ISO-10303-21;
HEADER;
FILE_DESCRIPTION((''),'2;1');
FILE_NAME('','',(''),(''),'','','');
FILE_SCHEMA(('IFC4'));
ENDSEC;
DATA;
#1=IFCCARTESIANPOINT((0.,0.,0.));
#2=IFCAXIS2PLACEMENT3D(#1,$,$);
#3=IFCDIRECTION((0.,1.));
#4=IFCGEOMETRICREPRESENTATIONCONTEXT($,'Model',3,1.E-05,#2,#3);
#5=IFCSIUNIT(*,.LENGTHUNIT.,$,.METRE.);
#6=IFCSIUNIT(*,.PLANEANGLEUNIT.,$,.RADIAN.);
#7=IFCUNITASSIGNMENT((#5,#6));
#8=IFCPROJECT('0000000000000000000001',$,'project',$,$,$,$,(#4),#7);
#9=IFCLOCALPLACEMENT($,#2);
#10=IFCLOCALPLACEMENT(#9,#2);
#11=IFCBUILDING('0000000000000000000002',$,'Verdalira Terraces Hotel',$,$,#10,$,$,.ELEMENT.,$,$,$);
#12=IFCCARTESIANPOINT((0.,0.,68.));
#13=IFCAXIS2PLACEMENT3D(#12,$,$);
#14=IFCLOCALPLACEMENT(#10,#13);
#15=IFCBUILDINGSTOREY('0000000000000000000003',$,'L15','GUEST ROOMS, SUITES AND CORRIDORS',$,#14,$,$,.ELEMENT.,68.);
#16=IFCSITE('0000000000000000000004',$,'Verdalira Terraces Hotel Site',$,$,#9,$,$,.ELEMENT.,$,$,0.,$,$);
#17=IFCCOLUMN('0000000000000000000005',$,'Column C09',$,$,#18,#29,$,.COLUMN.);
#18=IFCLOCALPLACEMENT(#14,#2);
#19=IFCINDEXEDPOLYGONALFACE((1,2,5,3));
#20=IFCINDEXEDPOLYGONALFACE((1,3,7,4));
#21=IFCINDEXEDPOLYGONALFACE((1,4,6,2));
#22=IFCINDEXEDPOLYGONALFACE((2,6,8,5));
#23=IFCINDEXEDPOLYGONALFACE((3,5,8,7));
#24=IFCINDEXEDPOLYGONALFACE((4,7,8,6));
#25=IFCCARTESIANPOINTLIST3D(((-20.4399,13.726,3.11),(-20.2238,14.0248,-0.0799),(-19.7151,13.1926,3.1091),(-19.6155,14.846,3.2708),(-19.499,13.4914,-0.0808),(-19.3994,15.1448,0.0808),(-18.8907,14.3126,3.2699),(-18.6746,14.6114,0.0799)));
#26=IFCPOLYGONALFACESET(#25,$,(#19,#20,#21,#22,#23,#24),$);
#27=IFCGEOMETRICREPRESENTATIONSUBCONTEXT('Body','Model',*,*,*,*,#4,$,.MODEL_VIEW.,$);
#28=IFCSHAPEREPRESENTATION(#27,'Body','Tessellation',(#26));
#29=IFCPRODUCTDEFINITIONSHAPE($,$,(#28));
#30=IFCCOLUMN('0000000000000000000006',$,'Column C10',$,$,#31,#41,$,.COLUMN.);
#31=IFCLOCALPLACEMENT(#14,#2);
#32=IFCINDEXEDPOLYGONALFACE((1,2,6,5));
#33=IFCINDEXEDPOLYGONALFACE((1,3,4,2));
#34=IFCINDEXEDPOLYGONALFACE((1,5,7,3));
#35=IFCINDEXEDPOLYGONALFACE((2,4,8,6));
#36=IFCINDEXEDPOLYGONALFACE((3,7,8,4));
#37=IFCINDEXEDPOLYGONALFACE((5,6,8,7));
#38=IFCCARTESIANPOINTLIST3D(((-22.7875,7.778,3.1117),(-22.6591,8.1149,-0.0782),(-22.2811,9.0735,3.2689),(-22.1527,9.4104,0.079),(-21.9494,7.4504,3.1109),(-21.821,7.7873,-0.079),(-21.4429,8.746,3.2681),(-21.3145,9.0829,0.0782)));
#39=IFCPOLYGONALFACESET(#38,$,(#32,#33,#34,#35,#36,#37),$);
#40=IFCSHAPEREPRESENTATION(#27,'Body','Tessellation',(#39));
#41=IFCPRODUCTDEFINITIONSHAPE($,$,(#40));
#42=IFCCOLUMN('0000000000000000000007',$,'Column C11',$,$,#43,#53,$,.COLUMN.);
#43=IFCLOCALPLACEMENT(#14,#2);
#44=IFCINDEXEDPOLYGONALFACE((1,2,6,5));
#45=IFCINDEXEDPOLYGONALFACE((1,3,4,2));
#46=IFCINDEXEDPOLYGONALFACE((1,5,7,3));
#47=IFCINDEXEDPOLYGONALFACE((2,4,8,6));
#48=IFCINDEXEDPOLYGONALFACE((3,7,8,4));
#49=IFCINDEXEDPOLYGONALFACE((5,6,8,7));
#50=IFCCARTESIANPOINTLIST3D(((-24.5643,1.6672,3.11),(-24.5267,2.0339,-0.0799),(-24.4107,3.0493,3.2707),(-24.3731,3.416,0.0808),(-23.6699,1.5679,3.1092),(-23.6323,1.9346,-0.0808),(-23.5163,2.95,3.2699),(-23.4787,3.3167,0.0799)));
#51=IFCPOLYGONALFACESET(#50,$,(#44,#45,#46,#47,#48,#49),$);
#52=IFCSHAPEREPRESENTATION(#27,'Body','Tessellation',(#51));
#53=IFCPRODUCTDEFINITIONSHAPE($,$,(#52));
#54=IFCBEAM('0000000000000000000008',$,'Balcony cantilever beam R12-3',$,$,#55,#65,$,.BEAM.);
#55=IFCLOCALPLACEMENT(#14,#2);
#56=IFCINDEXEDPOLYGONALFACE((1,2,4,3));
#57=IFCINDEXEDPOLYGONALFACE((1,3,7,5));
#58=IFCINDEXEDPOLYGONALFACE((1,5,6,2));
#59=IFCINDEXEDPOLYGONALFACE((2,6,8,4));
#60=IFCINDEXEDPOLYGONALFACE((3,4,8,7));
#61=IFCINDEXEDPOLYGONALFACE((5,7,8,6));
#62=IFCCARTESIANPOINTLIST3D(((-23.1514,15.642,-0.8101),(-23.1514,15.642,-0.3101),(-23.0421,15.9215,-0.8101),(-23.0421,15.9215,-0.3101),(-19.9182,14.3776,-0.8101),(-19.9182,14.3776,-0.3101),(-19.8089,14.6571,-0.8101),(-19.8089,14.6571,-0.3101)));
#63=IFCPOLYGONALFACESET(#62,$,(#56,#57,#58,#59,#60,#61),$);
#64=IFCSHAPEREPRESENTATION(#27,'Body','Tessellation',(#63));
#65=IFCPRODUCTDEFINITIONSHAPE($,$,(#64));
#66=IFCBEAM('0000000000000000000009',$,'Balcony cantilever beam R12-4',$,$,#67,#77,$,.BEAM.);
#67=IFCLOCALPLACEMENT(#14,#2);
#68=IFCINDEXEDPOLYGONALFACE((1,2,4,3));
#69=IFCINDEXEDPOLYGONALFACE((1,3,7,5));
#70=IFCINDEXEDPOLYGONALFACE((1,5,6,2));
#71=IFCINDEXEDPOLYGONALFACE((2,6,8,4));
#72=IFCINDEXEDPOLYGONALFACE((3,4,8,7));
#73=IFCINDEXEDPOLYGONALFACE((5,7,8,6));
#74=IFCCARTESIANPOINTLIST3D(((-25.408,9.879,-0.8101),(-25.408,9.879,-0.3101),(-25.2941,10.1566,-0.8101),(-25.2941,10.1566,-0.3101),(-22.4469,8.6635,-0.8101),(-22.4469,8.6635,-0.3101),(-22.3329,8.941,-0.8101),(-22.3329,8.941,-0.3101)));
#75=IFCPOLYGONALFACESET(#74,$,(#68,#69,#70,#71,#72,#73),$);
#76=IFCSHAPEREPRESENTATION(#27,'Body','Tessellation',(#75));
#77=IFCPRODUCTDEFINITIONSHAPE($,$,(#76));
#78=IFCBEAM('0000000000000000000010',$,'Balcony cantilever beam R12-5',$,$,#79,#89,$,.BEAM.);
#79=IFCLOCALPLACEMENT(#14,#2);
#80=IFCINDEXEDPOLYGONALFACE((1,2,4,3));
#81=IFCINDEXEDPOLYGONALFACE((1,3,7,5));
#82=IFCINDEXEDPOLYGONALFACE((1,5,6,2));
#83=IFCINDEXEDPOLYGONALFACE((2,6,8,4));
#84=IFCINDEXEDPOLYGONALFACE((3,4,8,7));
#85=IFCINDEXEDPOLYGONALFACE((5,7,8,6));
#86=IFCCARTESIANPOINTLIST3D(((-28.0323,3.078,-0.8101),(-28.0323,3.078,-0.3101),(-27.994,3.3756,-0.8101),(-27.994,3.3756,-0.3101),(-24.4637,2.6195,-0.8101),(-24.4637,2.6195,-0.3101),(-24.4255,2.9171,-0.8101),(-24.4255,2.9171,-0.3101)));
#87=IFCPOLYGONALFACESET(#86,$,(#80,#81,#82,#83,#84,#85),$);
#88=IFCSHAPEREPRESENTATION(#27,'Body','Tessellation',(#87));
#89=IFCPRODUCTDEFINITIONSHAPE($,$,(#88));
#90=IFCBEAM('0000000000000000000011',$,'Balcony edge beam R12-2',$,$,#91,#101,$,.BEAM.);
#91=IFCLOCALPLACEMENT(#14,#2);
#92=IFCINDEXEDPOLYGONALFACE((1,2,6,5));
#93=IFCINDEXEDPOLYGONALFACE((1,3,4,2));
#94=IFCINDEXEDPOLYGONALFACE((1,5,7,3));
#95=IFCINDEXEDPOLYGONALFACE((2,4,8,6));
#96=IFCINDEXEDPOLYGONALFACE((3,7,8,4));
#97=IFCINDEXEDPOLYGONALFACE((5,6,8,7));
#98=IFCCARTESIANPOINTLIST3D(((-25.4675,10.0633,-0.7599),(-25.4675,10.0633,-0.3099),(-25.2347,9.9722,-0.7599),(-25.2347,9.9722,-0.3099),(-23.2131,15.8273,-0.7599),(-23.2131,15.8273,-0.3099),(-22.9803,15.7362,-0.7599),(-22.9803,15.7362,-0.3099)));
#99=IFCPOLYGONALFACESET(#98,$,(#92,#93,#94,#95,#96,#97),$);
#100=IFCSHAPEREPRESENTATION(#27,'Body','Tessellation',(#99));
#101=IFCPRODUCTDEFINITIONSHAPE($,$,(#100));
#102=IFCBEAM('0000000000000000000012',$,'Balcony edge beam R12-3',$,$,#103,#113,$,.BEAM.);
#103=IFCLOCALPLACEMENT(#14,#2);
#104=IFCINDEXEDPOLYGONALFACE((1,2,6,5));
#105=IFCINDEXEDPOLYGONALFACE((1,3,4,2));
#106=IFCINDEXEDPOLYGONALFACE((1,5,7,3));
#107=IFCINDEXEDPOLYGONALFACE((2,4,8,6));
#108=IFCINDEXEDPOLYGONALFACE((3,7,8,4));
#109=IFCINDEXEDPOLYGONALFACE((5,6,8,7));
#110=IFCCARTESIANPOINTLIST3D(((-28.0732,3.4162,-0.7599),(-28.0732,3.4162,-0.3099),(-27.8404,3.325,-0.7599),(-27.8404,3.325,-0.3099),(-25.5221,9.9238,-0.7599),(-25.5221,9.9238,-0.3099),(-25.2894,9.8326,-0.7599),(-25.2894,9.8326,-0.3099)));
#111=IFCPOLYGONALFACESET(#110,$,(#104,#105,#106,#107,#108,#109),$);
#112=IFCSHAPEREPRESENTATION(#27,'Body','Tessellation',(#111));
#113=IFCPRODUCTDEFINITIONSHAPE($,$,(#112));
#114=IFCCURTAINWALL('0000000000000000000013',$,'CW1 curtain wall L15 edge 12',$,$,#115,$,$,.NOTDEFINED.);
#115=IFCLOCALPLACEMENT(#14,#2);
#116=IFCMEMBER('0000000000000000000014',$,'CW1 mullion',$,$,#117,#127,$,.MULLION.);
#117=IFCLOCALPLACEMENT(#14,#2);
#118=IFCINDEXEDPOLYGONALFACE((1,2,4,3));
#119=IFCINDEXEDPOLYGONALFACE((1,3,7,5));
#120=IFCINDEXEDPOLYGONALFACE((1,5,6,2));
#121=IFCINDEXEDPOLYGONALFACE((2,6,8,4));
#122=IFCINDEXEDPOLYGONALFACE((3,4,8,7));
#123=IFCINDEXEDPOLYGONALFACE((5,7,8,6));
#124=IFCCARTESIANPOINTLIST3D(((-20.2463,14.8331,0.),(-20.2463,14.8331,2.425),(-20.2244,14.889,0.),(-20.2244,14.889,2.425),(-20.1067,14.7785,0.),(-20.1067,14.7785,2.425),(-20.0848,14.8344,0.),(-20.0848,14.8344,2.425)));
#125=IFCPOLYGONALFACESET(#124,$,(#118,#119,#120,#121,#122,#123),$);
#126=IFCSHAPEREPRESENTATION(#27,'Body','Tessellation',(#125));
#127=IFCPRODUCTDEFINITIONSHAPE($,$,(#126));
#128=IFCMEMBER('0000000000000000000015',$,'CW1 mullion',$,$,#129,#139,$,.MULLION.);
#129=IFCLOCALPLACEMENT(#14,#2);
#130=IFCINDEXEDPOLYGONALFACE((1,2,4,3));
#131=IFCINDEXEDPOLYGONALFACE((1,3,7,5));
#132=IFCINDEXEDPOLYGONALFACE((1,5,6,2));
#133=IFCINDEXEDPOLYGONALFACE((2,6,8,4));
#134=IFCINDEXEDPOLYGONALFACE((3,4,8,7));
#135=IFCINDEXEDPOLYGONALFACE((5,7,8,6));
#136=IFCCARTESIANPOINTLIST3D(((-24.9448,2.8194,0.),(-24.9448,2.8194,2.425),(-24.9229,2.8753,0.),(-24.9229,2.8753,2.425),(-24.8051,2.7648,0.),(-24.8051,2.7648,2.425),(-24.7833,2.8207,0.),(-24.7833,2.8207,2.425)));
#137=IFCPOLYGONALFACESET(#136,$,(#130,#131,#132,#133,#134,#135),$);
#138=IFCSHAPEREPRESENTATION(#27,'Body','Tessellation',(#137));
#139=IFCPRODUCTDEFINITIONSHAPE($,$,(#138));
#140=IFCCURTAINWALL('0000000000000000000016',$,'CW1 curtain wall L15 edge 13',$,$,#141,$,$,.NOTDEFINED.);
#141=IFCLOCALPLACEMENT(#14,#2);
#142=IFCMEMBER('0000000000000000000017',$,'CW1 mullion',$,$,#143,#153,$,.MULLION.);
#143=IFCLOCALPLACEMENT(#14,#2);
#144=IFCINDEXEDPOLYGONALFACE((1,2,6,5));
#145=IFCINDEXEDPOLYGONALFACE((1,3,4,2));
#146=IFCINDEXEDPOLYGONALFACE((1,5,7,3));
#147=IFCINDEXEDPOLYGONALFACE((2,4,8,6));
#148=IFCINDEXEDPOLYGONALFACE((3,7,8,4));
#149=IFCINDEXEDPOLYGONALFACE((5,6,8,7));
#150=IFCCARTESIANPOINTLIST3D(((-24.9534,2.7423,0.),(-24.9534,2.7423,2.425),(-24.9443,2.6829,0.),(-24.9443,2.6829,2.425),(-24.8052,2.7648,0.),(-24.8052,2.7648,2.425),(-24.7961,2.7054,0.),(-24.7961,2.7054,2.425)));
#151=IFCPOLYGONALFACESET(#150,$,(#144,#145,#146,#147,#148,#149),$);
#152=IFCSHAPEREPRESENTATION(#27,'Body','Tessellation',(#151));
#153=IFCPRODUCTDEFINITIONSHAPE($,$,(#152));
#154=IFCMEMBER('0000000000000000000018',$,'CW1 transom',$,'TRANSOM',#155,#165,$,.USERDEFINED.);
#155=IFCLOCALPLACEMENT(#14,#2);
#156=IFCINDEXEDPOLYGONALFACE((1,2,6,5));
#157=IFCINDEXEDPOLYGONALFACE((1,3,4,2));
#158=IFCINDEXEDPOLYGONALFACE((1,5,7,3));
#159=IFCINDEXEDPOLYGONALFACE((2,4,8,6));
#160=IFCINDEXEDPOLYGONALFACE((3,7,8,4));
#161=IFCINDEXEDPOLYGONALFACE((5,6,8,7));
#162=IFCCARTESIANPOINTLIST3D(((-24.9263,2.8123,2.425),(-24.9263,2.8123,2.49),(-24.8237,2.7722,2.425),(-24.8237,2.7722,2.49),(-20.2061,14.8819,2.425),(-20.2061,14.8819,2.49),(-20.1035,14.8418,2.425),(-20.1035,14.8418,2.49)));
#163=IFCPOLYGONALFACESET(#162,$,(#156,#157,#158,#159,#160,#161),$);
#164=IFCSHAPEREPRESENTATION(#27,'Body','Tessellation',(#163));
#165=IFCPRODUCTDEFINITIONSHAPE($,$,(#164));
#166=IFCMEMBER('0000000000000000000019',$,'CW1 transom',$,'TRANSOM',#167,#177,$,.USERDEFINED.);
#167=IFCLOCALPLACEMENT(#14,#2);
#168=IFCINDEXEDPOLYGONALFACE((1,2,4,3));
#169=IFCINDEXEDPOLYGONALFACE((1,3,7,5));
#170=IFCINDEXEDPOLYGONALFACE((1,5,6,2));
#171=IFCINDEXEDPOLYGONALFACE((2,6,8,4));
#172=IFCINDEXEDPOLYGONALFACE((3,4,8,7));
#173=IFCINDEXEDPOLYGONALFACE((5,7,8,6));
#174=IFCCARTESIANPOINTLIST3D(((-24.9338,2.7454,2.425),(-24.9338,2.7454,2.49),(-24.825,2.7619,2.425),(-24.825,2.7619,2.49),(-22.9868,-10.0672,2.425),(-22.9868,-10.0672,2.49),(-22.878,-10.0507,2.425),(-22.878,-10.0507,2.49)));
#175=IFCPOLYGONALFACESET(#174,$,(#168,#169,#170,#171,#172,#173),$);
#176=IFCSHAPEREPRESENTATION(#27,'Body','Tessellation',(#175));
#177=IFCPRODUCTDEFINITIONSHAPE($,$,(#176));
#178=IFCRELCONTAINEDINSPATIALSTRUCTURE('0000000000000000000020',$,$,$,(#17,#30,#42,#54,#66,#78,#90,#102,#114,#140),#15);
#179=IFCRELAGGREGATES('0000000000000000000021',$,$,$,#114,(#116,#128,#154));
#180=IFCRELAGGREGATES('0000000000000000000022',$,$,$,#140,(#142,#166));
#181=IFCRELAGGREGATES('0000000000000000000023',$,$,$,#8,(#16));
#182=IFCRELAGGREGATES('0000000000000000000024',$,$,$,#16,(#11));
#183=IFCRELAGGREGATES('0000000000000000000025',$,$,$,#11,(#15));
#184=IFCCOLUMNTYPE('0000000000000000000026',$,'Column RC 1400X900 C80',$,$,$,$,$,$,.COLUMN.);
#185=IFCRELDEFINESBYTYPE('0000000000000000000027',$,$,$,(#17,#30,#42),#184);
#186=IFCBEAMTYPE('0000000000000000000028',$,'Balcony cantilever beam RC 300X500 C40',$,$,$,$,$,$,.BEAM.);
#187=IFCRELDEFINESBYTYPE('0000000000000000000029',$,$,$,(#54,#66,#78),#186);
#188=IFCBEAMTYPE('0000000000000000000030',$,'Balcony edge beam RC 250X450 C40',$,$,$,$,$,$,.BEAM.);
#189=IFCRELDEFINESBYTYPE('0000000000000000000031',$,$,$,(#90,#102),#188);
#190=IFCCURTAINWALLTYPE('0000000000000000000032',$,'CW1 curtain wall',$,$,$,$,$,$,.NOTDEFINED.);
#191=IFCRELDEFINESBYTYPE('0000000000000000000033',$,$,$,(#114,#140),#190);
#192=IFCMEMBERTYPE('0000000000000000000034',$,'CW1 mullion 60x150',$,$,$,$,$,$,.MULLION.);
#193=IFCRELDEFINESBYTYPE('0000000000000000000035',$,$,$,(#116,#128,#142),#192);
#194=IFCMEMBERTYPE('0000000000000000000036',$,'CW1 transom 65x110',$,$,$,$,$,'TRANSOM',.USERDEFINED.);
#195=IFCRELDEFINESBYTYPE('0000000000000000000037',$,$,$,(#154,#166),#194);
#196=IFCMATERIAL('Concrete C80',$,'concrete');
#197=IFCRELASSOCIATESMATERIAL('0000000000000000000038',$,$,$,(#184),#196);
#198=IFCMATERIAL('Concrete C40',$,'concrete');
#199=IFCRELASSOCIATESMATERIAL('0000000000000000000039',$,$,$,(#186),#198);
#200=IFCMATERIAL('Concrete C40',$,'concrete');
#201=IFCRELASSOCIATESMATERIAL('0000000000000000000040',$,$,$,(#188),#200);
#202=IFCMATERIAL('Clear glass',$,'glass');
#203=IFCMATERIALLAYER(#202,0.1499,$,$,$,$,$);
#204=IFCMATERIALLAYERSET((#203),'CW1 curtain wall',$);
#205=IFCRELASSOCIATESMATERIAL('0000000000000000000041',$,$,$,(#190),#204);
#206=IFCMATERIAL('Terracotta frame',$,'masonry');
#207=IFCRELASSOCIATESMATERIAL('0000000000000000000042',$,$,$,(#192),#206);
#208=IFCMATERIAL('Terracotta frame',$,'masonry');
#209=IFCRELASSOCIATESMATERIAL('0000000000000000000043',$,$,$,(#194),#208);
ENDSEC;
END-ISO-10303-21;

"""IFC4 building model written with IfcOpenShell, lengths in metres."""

from ifc_helpers import new_model, si_unit, direction, frame, origin, origin_2d, place, context, subcontext, project, spatial, rectangle, extrude, material, layer, layer_set, material_profile, profile_set, type_object, element, aggregate, save


model = new_model("IFC4")

# Units and contexts
model_context = context("Model", 3, precision=1e-05, world=origin(), true_north=direction((0.0, 1.0)))
body_context = subcontext(model_context, "Body", "Model", "MODEL_VIEW")
ifc_project = project(units=[si_unit("LENGTHUNIT", "METRE"), si_unit("PLANEANGLEUNIT", "RADIAN")], contexts=[model_context])

# Site, building, storey
site_placement = place(None, origin())
site = spatial("IfcSite", under=ifc_project, at=site_placement, Name="Verdalira Terraces Hotel Site", CompositionType="ELEMENT", RefElevation=0.0)
building_placement = place(site_placement, origin())
building = spatial("IfcBuilding", under=site, at=building_placement, Name="Verdalira Terraces Hotel", CompositionType="ELEMENT")
storey_placement = place(building_placement, frame((0.0, 0.0, 68.0)))
storey = spatial("IfcBuildingStorey", under=building, at=storey_placement, Name="L15", Description="GUEST ROOMS, SUITES AND CORRIDORS", CompositionType="ELEMENT", Elevation=68.0)

# Columns
ifc_material_1 = material(Name="Concrete C80", Category="concrete")
ifc_material_profile_1 = material_profile(ifc_material_1, rectangle(XDim=1.3999, YDim=0.8999, at=origin_2d()), Name="RC 1400X900")
ifc_profile_set_1 = profile_set([ifc_material_profile_1], Name="Concrete C80")
column_type = type_object("IfcColumnType", Name="Column RC 1400X900 C80", PredefinedType="COLUMN", material=ifc_profile_set_1)
column_1_placement = place(storey_placement, frame((-19.4492, 14.3181, 0.0), z_axis=(-0.067285, -0.093059, 0.993385), x_axis=(0.588863, 0.800034, 0.114831)))
element("IfcColumn", 1, at=column_1_placement, inside=storey, type_object=column_type, Name="Column C09", PredefinedType="COLUMN", context=body_context, shape_type="SweptSolid", body=[
    extrude(rectangle(XDim=1.3999, YDim=0.8999, at=origin_2d()), origin(), (0.0, 0.0, 1.0), 3.2112),
])
column_2_placement = place(storey_placement, frame((-21.9868, 8.5989, 0.0), z_axis=(-0.040002, -0.104949, 0.993673), x_axis=(-0.361777, -0.925475, -0.112311)))
element("IfcColumn", 2, at=column_2_placement, inside=storey, type_object=column_type, Name="Column C10", PredefinedType="COLUMN", context=body_context, shape_type="SweptSolid", body=[
    extrude(rectangle(XDim=1.3999, YDim=0.8999, at=origin_2d()), origin(), (0.0, 0.0, 1.0), 3.2102),
])
column_3_placement = place(storey_placement, frame((-24.0027, 2.6753, 0.0), z_axis=(-0.011708, -0.114195, 0.993389), x_axis=(0.109707, 0.987313, 0.11479)))
element("IfcColumn", 3, at=column_3_placement, inside=storey, type_object=column_type, Name="Column C11", PredefinedType="COLUMN", context=body_context, shape_type="SweptSolid", body=[
    extrude(rectangle(XDim=1.3999, YDim=0.8999, at=origin_2d()), origin(), (0.0, 0.0, 1.0), 3.2112),
])

# Beams
ifc_material_2 = material(Name="Concrete C40", Category="concrete")
ifc_material_profile_2 = material_profile(ifc_material_2, rectangle(XDim=0.3, YDim=0.5, at=origin_2d()), Name="RC 300X500")
ifc_profile_set_2 = profile_set([ifc_material_profile_2], Name="Concrete C40")
beam_type_1 = type_object("IfcBeamType", Name="Balcony cantilever beam RC 300X500 C40", PredefinedType="BEAM", material=ifc_profile_set_2)
beam_1_placement = place(storey_placement, frame((-19.8635, 14.5173, -0.5601), z_axis=(-0.931315, 0.364214, 0.0), x_axis=(-0.364214, -0.931315, 0.0)))
element("IfcBeam", 4, at=beam_1_placement, inside=storey, type_object=beam_type_1, Name="Balcony cantilever beam R12-3", PredefinedType="BEAM", context=body_context, shape_type="SweptSolid", body=[
    extrude(rectangle(XDim=0.3, YDim=0.5, at=origin_2d()), origin(), (0.0, 0.0, 1.0), 3.4717),
])
beam_2_placement = place(storey_placement, frame((-22.3899, 8.8022, -0.5601), z_axis=(-0.925088, 0.379752, 0.0), x_axis=(-0.379752, -0.925088, 0.0)))
element("IfcBeam", 5, at=beam_2_placement, inside=storey, type_object=beam_type_1, Name="Balcony cantilever beam R12-4", PredefinedType="BEAM", context=body_context, shape_type="SweptSolid", body=[
    extrude(rectangle(XDim=0.3, YDim=0.5, at=origin_2d()), origin(), (0.0, 0.0, 1.0), 3.2009),
])
beam_3_placement = place(storey_placement, frame((-24.4446, 2.7683, -0.5601), z_axis=(-0.991847, 0.127433, 0.0), x_axis=(-0.127433, -0.991847, 0.0)))
element("IfcBeam", 6, at=beam_3_placement, inside=storey, type_object=beam_type_1, Name="Balcony cantilever beam R12-5", PredefinedType="BEAM", context=body_context, shape_type="SweptSolid", body=[
    extrude(rectangle(XDim=0.3, YDim=0.5, at=origin_2d()), origin(), (0.0, 0.0, 1.0), 3.5979),
])
ifc_material_3 = material(Name="Concrete C40", Category="concrete")
ifc_material_profile_3 = material_profile(ifc_material_3, rectangle(XDim=0.25, YDim=0.45, at=origin_2d()), Name="RC 250X450")
ifc_profile_set_3 = profile_set([ifc_material_profile_3], Name="Concrete C40")
beam_type_2 = type_object("IfcBeamType", Name="Balcony edge beam RC 250X450 C40", PredefinedType="BEAM", material=ifc_profile_set_3)
beam_4_placement = place(storey_placement, frame((-23.0967, 15.7817, -0.5349), z_axis=(-0.364252, -0.9313, 0.0), x_axis=(0.9313, -0.364252, 0.0)))
element("IfcBeam", 7, at=beam_4_placement, inside=storey, type_object=beam_type_2, Name="Balcony edge beam R12-2", PredefinedType="BEAM", context=body_context, shape_type="SweptSolid", body=[
    extrude(rectangle(XDim=0.25, YDim=0.45, at=origin_2d()), origin(), (0.0, 0.0, 1.0), 6.1892),
])
beam_5_placement = place(storey_placement, frame((-25.4058, 9.8782, -0.5349), z_axis=(-0.364968, -0.93102, 0.0), x_axis=(0.93102, -0.364968, 0.0)))
element("IfcBeam", 8, at=beam_5_placement, inside=storey, type_object=beam_type_2, Name="Balcony edge beam R12-3", PredefinedType="BEAM", context=body_context, shape_type="SweptSolid", body=[
    extrude(rectangle(XDim=0.25, YDim=0.45, at=origin_2d()), origin(), (0.0, 0.0, 1.0), 6.9897),
])

# Curtain wall, members
ifc_material_4 = material(Name="Clear glass", Category="glass")
ifc_layer_1 = layer(ifc_material_4, 0.1499)
ifc_layer_set_1 = layer_set([ifc_layer_1], Name="CW1 curtain wall")
curtain_wall_type = type_object("IfcCurtainWallType", Name="CW1 curtain wall", PredefinedType="NOTDEFINED", material=ifc_layer_set_1)
curtain_wall_1_placement = place(storey_placement, origin())
curtain_wall_1 = element("IfcCurtainWall", 9, at=curtain_wall_1_placement, inside=storey, type_object=curtain_wall_type, Name="CW1 curtain wall L15 edge 12", PredefinedType="NOTDEFINED")
ifc_material_5 = material(Name="Terracotta frame", Category="masonry")
ifc_material_profile_4 = material_profile(ifc_material_5, rectangle(XDim=0.0601, YDim=0.1499, at=origin_2d()), Name="MU 60x150")
ifc_profile_set_4 = profile_set([ifc_material_profile_4], Name="Terracotta frame")
member_type_1 = type_object("IfcMemberType", Name="CW1 mullion 60x150", PredefinedType="MULLION", material=ifc_profile_set_4)
member_1_placement = place(storey_placement, frame((-20.1655, 14.8337, 0.0), z_axis=(0.0, 0.0, 1.0), x_axis=(-0.364227, -0.93131, 0.0)))
member_1 = element("IfcMember", 10, at=member_1_placement, type_object=member_type_1, Name="CW1 mullion", PredefinedType="MULLION", context=body_context, shape_type="SweptSolid", body=[
    extrude(rectangle(XDim=0.0601, YDim=0.1499, at=origin_2d()), origin(), (0.0, 0.0, 1.0), 2.425),
])
member_2_placement = place(storey_placement, frame((-24.864, 2.8201, 0.0), z_axis=(0.0, 0.0, 1.0), x_axis=(-0.364227, -0.93131, 0.0)))
member_2 = element("IfcMember", 11, at=member_2_placement, type_object=member_type_1, Name="CW1 mullion", PredefinedType="MULLION", context=body_context, shape_type="SweptSolid", body=[
    extrude(rectangle(XDim=0.0601, YDim=0.1499, at=origin_2d()), origin(), (0.0, 0.0, 1.0), 2.425),
])

# Curtain wall, member
curtain_wall_2_placement = place(storey_placement, origin())
curtain_wall_2 = element("IfcCurtainWall", 12, at=curtain_wall_2_placement, inside=storey, type_object=curtain_wall_type, Name="CW1 curtain wall L15 edge 13", PredefinedType="NOTDEFINED")
member_3_placement = place(storey_placement, frame((-24.8748, 2.7239, 0.0), z_axis=(0.0, 0.0, 1.0), x_axis=(0.150226, -0.988652, 0.0)))
member_3 = element("IfcMember", 13, at=member_3_placement, type_object=member_type_1, Name="CW1 mullion", PredefinedType="MULLION", context=body_context, shape_type="SweptSolid", body=[
    extrude(rectangle(XDim=0.0601, YDim=0.1499, at=origin_2d()), origin(), (0.0, 0.0, 1.0), 2.425),
])

# Members
ifc_material_6 = material(Name="Terracotta frame", Category="masonry")
ifc_material_profile_5 = material_profile(ifc_material_6, rectangle(XDim=0.1101, YDim=0.0649, at=origin_2d()), Name="TR 65x110")
ifc_profile_set_5 = profile_set([ifc_material_profile_5], Name="Terracotta frame")
member_type_2 = type_object("IfcMemberType", Name="CW1 transom 65x110", ElementType="TRANSOM", PredefinedType="USERDEFINED", material=ifc_profile_set_5)
member_4_placement = place(storey_placement, frame((-20.1548, 14.8618, 2.4575), z_axis=(-0.364221, -0.931313, 0.0), x_axis=(0.931313, -0.364221, 0.0)))
member_4 = element("IfcMember", 14, at=member_4_placement, type_object=member_type_2, Name="CW1 transom", ObjectType="TRANSOM", PredefinedType="USERDEFINED", context=body_context, shape_type="SweptSolid", body=[
    extrude(rectangle(XDim=0.1101, YDim=0.0649, at=origin_2d()), origin(), (0.0, 0.0, 1.0), 12.9597),
])
member_5_placement = place(storey_placement, frame((-24.8794, 2.7537, 2.4575), z_axis=(0.150235, -0.98865, 0.0), x_axis=(0.98865, 0.150235, 0.0)))
member_5 = element("IfcMember", 15, at=member_5_placement, type_object=member_type_2, Name="CW1 transom", ObjectType="TRANSOM", PredefinedType="USERDEFINED", context=body_context, shape_type="SweptSolid", body=[
    extrude(rectangle(XDim=0.1101, YDim=0.0649, at=origin_2d()), origin(), (0.0, 0.0, 1.0), 12.9597),
])

aggregate(curtain_wall_1, [member_1, member_2, member_4])
aggregate(curtain_wall_2, [member_3, member_5])

save(model, "model.ifc")
